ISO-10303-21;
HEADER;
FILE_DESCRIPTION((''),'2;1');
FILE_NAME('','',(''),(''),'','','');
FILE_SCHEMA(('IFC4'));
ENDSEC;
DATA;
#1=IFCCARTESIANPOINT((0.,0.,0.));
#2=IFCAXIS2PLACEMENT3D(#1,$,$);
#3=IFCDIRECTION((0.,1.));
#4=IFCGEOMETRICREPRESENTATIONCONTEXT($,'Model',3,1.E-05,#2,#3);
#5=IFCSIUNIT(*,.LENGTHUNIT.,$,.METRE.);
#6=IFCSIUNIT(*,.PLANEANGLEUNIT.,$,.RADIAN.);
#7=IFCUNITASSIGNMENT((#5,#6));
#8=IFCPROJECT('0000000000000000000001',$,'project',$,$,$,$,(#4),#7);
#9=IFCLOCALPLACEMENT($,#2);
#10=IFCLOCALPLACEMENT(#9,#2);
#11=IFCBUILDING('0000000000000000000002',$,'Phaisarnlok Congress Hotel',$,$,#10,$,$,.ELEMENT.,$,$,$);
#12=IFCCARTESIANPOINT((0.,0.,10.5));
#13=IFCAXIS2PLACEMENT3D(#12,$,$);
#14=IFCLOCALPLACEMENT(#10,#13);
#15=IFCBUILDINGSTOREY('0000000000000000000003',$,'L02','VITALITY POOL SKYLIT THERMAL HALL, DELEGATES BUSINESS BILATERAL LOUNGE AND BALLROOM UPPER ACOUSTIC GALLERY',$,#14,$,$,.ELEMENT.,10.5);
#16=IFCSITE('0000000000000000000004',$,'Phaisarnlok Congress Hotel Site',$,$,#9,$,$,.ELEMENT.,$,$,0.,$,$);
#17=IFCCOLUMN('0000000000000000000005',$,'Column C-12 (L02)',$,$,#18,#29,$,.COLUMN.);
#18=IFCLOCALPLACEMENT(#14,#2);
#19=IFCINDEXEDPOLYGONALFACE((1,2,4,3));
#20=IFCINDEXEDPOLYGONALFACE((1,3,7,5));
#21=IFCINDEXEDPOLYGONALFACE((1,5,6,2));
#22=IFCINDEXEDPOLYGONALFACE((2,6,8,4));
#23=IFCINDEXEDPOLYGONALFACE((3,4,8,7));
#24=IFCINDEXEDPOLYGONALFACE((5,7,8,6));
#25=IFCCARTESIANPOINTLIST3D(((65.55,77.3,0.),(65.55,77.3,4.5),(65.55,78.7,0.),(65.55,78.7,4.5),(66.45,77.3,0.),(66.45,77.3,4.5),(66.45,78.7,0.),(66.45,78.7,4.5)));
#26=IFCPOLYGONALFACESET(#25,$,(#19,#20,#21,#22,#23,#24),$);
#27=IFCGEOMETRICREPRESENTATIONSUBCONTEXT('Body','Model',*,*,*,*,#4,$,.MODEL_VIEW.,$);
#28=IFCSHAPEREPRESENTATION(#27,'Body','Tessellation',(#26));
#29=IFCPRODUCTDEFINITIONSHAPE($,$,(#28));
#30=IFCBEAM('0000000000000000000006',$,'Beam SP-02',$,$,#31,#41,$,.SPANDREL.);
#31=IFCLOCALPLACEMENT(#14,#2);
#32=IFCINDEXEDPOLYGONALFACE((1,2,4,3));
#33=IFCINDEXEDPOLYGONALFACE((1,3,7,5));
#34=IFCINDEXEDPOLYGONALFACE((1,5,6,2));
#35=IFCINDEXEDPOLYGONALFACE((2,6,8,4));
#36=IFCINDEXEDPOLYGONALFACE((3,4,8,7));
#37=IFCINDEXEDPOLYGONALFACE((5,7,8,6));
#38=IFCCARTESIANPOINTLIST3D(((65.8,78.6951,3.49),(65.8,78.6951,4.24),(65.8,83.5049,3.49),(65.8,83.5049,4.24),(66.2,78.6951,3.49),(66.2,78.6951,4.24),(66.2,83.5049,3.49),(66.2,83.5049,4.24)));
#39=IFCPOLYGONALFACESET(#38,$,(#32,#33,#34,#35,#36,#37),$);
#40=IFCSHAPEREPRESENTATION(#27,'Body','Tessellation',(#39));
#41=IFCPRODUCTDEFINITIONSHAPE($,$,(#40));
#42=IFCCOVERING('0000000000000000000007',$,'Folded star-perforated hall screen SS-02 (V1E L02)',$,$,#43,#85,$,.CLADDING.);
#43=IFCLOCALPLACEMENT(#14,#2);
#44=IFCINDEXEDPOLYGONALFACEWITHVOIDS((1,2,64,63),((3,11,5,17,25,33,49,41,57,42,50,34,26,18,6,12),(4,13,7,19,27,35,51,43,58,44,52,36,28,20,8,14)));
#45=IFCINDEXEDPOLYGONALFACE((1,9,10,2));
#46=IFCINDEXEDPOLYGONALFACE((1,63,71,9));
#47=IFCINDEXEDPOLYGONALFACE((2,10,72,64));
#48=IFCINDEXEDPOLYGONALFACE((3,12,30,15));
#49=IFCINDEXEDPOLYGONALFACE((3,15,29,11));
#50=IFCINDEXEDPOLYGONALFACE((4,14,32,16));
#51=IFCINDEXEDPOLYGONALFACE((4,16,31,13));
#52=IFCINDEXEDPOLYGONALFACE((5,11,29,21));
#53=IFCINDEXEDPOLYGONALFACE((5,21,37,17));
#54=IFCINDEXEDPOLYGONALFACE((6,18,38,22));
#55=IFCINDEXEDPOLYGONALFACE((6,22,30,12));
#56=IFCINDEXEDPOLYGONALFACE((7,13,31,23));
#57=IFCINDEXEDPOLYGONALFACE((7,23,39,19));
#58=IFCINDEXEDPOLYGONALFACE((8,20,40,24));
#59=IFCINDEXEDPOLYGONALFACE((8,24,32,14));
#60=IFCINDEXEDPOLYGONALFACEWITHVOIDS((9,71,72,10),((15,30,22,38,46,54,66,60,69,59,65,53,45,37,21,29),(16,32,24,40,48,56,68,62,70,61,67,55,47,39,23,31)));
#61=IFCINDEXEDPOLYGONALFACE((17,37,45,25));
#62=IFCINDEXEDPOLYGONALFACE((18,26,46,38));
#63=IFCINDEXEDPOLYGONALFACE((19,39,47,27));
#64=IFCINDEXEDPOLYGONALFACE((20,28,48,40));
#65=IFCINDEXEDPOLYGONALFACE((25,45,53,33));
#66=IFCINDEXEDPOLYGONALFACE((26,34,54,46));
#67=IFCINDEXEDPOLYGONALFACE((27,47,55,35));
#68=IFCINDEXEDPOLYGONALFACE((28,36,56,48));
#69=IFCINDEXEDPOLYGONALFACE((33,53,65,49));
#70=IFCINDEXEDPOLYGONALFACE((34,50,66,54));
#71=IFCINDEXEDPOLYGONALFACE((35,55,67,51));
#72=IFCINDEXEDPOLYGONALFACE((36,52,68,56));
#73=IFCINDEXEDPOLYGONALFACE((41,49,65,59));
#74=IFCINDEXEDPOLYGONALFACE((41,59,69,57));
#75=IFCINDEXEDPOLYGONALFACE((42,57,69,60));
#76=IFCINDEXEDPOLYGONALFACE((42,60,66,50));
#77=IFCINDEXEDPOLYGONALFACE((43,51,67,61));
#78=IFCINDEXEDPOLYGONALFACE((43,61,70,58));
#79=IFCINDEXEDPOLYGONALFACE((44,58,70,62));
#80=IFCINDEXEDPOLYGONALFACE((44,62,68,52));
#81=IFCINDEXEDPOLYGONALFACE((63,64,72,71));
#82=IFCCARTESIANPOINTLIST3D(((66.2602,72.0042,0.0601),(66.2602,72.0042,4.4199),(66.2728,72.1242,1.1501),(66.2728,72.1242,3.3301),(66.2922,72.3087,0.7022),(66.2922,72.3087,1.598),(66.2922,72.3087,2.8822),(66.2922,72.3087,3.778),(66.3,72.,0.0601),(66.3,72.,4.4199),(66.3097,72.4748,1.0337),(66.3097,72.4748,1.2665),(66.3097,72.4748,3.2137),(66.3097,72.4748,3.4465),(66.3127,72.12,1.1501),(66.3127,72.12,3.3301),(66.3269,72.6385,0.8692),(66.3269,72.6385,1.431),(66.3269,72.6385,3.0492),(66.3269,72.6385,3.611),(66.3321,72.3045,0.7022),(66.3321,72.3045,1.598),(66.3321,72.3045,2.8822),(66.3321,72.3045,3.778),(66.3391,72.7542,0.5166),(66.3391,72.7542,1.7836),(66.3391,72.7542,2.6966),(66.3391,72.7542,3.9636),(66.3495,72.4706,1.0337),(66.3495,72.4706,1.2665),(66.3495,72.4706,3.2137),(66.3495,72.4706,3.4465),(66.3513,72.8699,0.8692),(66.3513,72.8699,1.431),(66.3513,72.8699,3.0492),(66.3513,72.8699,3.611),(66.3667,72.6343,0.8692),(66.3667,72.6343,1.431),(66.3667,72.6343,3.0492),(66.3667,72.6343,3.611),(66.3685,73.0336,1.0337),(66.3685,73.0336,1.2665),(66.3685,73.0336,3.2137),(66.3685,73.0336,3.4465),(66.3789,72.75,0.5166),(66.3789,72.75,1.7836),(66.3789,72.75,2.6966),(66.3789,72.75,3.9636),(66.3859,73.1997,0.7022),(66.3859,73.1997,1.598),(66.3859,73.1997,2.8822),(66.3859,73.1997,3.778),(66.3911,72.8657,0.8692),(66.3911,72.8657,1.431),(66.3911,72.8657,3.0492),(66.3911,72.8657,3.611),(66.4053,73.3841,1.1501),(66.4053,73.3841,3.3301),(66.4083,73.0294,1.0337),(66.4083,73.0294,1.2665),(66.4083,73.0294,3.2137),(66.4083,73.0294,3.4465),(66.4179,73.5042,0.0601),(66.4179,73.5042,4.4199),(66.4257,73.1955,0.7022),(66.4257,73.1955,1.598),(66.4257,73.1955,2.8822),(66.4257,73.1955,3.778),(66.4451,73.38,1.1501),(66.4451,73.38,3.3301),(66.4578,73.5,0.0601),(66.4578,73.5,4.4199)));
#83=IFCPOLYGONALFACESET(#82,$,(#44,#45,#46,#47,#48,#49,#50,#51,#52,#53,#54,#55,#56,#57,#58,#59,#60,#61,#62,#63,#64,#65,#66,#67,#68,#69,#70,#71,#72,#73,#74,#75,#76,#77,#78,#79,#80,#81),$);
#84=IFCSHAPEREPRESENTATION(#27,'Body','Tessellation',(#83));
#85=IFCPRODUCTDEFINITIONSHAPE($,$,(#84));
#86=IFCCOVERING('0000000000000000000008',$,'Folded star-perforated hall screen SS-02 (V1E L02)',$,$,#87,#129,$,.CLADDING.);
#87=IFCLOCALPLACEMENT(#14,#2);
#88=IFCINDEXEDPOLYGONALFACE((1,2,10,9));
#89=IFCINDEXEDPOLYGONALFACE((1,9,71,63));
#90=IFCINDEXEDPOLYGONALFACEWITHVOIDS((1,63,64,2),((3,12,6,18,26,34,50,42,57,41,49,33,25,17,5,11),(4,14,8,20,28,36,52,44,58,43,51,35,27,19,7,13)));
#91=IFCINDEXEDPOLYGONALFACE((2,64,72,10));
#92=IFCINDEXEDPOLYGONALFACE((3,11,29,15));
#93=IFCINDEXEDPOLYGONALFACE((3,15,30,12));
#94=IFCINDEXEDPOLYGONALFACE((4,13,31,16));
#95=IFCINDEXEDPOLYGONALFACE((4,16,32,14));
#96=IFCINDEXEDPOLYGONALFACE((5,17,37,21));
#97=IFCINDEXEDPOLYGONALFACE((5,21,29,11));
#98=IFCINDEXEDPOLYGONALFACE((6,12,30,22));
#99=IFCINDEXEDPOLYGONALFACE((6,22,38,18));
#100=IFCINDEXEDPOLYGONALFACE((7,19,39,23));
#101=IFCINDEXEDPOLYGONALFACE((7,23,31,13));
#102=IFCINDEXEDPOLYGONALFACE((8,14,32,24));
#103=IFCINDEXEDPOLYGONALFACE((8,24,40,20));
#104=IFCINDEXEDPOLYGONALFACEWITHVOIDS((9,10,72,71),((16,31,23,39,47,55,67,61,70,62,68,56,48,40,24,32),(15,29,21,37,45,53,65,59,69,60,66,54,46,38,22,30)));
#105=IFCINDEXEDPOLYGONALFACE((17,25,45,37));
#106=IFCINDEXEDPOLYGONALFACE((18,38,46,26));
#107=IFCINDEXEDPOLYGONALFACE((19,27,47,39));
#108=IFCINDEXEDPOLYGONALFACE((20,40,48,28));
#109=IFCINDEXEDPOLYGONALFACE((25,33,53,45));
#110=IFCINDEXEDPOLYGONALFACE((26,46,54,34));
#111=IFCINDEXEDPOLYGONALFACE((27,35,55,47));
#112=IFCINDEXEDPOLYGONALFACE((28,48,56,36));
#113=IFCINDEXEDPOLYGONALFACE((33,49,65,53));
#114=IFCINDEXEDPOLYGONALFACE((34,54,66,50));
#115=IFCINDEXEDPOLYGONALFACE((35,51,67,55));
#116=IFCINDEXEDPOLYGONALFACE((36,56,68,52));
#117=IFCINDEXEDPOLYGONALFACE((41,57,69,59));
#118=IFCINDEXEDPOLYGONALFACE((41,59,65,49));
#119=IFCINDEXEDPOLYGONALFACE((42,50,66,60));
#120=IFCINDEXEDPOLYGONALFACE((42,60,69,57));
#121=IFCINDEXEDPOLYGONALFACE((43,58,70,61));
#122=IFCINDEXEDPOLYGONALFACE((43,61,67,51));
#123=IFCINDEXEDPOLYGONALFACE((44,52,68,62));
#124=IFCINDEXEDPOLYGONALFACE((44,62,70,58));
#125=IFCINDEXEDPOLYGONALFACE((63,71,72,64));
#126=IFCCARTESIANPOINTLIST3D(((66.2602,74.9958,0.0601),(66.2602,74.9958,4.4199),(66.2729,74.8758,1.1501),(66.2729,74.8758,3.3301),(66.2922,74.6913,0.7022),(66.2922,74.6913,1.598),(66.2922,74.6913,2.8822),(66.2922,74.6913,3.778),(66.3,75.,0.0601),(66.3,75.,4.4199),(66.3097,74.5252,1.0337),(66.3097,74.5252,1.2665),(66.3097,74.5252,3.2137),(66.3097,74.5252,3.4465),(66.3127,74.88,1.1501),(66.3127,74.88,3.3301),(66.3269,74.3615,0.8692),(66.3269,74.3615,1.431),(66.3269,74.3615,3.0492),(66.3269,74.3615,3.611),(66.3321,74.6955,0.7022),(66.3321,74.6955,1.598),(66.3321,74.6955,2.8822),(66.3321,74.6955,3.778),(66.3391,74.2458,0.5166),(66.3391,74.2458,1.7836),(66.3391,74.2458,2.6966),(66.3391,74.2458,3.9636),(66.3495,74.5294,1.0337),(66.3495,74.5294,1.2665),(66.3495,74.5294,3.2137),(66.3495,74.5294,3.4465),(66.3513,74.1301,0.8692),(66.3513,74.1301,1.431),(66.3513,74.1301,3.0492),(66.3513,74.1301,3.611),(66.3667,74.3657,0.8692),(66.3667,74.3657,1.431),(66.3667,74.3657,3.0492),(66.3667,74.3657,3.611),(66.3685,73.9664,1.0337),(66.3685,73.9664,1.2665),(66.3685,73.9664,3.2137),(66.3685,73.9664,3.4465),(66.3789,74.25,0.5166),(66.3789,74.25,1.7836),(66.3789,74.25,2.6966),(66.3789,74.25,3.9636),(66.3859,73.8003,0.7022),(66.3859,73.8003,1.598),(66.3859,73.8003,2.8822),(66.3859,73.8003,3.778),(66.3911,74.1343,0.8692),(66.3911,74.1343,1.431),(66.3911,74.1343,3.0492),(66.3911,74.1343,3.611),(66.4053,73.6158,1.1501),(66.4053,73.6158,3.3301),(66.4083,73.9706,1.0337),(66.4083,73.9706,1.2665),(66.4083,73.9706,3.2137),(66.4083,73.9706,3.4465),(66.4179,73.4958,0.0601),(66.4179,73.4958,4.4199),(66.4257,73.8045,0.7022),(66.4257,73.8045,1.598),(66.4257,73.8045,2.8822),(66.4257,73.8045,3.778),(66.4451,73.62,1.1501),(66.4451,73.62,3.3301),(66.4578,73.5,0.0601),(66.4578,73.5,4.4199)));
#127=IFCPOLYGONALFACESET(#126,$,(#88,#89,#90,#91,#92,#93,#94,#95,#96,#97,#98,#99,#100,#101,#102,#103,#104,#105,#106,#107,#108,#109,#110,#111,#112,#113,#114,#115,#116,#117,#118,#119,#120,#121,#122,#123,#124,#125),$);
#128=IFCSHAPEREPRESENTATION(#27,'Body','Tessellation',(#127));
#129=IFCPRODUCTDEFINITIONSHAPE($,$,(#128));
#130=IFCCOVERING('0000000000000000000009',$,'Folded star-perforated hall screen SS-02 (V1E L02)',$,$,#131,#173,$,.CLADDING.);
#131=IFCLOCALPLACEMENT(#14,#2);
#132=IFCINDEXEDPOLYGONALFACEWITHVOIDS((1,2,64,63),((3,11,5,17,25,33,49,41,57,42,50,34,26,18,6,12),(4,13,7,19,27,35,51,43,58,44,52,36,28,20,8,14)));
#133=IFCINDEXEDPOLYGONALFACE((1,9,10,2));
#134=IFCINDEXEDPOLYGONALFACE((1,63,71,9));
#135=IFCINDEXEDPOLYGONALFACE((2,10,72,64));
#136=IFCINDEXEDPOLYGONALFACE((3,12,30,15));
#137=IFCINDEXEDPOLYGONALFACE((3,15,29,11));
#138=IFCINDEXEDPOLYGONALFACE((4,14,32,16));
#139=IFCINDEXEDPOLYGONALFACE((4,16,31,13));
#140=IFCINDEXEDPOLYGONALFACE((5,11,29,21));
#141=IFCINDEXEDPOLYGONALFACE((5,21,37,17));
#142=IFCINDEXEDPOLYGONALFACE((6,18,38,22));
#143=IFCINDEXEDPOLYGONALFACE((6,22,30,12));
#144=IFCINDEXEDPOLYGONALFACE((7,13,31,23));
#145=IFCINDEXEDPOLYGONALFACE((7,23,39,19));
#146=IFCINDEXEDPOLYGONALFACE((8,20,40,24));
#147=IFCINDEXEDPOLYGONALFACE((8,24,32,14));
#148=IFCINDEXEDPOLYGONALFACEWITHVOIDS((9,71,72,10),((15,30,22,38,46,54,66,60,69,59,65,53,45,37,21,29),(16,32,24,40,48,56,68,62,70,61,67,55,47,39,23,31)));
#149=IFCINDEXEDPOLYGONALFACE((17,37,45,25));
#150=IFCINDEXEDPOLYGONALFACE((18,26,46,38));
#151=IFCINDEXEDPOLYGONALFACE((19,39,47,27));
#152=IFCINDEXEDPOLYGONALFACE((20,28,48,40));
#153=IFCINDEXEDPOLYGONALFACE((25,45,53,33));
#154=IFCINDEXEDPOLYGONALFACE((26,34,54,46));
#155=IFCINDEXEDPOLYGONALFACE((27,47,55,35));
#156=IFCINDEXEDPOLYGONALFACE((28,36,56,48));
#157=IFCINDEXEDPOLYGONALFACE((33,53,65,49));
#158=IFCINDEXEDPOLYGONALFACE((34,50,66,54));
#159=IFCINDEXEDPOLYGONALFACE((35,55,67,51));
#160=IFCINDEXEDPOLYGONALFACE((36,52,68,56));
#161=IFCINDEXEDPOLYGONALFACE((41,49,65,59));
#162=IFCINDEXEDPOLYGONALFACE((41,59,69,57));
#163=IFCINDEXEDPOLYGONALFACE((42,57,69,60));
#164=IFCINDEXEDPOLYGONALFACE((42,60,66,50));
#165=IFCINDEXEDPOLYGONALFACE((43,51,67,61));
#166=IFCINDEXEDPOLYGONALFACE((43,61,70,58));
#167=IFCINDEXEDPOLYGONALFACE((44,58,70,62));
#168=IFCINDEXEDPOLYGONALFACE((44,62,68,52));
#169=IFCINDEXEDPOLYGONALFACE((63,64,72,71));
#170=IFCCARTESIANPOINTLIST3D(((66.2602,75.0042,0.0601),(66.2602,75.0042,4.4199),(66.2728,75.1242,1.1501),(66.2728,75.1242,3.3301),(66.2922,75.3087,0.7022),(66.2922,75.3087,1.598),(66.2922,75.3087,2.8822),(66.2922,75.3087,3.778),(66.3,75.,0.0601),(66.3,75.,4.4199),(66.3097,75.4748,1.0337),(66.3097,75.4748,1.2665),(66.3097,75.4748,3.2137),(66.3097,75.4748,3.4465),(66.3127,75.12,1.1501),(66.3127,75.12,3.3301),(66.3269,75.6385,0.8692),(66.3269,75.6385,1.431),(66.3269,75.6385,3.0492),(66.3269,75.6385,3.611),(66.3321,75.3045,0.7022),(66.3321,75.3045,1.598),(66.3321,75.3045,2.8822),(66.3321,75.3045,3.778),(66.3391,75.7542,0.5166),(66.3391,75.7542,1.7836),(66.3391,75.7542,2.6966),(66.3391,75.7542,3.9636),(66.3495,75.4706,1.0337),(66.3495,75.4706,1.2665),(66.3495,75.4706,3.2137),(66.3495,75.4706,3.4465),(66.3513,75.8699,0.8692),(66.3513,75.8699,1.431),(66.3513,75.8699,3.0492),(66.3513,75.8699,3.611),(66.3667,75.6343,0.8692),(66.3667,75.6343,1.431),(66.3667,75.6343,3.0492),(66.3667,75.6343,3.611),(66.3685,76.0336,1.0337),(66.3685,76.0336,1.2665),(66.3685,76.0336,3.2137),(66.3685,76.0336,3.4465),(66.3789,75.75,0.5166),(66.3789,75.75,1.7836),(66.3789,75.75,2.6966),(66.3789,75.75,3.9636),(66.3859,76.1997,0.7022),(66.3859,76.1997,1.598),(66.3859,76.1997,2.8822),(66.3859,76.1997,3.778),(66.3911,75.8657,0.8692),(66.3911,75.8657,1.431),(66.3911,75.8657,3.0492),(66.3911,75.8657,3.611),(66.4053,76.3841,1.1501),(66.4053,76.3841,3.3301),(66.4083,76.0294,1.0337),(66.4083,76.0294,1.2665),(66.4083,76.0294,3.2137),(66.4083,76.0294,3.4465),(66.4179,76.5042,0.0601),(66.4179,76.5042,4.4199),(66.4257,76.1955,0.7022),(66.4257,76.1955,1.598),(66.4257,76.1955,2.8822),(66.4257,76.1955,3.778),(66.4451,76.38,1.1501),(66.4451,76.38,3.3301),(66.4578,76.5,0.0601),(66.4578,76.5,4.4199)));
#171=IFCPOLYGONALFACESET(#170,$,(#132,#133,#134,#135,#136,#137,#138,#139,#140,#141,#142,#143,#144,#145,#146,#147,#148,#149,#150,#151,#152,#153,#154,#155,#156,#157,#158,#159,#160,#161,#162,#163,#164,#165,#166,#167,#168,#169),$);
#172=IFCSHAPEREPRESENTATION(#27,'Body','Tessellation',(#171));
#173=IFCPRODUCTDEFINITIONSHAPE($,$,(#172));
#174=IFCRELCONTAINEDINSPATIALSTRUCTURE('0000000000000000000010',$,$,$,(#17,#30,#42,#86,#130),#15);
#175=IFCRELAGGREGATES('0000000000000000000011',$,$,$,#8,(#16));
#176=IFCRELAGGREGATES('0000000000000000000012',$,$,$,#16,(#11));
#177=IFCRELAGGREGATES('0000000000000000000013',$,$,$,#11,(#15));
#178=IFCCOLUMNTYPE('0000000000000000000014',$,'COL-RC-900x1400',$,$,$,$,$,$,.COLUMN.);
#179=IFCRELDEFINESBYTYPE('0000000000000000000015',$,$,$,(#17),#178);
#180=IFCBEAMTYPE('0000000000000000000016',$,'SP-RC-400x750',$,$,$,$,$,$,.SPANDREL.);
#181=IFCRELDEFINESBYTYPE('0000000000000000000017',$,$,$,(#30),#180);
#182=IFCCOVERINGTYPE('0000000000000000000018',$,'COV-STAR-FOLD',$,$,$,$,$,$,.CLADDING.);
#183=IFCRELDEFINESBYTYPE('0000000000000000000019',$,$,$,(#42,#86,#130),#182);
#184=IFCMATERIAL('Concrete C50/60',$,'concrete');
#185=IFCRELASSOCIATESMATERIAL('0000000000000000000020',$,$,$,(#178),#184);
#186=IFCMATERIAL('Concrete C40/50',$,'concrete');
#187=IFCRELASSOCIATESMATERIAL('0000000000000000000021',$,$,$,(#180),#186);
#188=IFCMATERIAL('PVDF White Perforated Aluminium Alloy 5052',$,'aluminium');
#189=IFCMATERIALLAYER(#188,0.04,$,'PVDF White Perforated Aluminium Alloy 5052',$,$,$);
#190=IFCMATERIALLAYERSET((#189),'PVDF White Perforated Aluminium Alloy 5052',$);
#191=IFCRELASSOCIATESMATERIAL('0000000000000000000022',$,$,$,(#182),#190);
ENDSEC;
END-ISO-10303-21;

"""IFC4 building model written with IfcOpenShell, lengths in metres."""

from ifc_helpers import new_model, si_unit, direction, frame, origin, origin_2d, place, context, subcontext, project, spatial, polyline, rectangle, outline, extrude, material, layer, layer_set, material_profile, profile_set, type_object, element, save


model = new_model("IFC4")

# Units and contexts
model_context = context("Model", 3, precision=1e-05, world=origin(), true_north=direction((0.0, 1.0)))
body_context = subcontext(model_context, "Body", "Model", "MODEL_VIEW")
ifc_project = project(units=[si_unit("LENGTHUNIT", "METRE"), si_unit("PLANEANGLEUNIT", "RADIAN")], contexts=[model_context])

# Site, building, storey
site_placement = place(None, origin())
site = spatial("IfcSite", under=ifc_project, at=site_placement, Name="Phaisarnlok Congress Hotel Site", CompositionType="ELEMENT", RefElevation=0.0)
building_placement = place(site_placement, origin())
building = spatial("IfcBuilding", under=site, at=building_placement, Name="Phaisarnlok Congress Hotel", CompositionType="ELEMENT")
storey_placement = place(building_placement, frame((0.0, 0.0, 10.5)))
storey = spatial("IfcBuildingStorey", under=building, at=storey_placement, Name="L02", Description="VITALITY POOL SKYLIT THERMAL HALL, DELEGATES BUSINESS BILATERAL LOUNGE AND BALLROOM UPPER ACOUSTIC GALLERY", CompositionType="ELEMENT", Elevation=10.5)

# Column
ifc_material_1 = material(Name="Concrete C50/60", Category="concrete")
ifc_material_profile_1 = material_profile(ifc_material_1, rectangle(XDim=0.8999, YDim=1.3999, at=origin_2d()), Name="RC 900x1400")
ifc_profile_set_1 = profile_set([ifc_material_profile_1], Name="Concrete C50/60")
column_type = type_object("IfcColumnType", Name="COL-RC-900x1400", PredefinedType="COLUMN", material=ifc_profile_set_1)
column_placement = place(storey_placement, frame((66.0, 78.0, 0.0), z_axis=(0.0, 0.0, 1.0), x_axis=(1.0, 0.0, 0.0)))
element("IfcColumn", 1, at=column_placement, inside=storey, type_object=column_type, Name="Column C-12 (L02)", PredefinedType="COLUMN", context=body_context, shape_type="SweptSolid", body=[
    extrude(rectangle(XDim=0.8999, YDim=1.3999, at=origin_2d()), origin(), (0.0, 0.0, 1.0), 4.5),
])

# Beam
ifc_material_2 = material(Name="Concrete C40/50", Category="concrete")
ifc_material_profile_2 = material_profile(ifc_material_2, rectangle(XDim=0.3999, YDim=0.75, at=origin_2d()), Name="RC 400x750")
ifc_profile_set_2 = profile_set([ifc_material_profile_2], Name="Concrete C40/50")
beam_type = type_object("IfcBeamType", Name="SP-RC-400x750", PredefinedType="SPANDREL", material=ifc_profile_set_2)
beam_placement = place(storey_placement, frame((66.0, 78.6951, 3.865), z_axis=(0.0, 1.0, 0.0), x_axis=(-1.0, 0.0, 0.0)))
element("IfcBeam", 2, at=beam_placement, inside=storey, type_object=beam_type, Name="Beam SP-02", PredefinedType="SPANDREL", context=body_context, shape_type="SweptSolid", body=[
    extrude(rectangle(XDim=0.3999, YDim=0.75, at=origin_2d()), origin(), (0.0, 0.0, 1.0), 4.8098),
])

# Coverings
ifc_material_3 = material(Name="PVDF White Perforated Aluminium Alloy 5052", Category="aluminium")
ifc_layer = layer(ifc_material_3, 0.04, Name="PVDF White Perforated Aluminium Alloy 5052")
ifc_layer_set = layer_set([ifc_layer], Name="PVDF White Perforated Aluminium Alloy 5052")
covering_type = type_object("IfcCoveringType", Name="COV-STAR-FOLD", PredefinedType="CLADDING", material=ifc_layer_set)
for number, where, z_axis, x_axis, name in (
    (3, (66.4578, 73.5, 0.0601), (-0.994518, 0.104567, 0.0), (-0.104567, -0.994518, 0.0), "Folded star-perforated hall screen SS-02 (V1E L02)"),
    (4, (66.3, 75.0, 0.0601), (-0.994518, -0.104567, 0.0), (0.104567, -0.994518, 0.0), "Folded star-perforated hall screen SS-02 (V1E L02)"),
    (5, (66.4578, 76.5, 0.0601), (-0.994518, 0.104567, 0.0), (-0.104567, -0.994518, 0.0), "Folded star-perforated hall screen SS-02 (V1E L02)"),
):
    element("IfcCovering", number, at=place(storey_placement, frame(where, z_axis=z_axis, x_axis=x_axis)), inside=storey, type_object=covering_type, Name=name, PredefinedType="CLADDING", context=body_context, shape_type="SweptSolid", body=[
        extrude(outline(polyline([(0.0, 0.0), (1.5083, 0.0), (1.5083, 4.3599), (0.0, 4.3599), (0.0, 0.0)]), holes=[polyline([(1.0351, 0.9736), (1.2021, 0.6421), (0.8705, 0.8091), (0.7541, 0.4565), (0.6378, 0.8091), (0.3062, 0.6421), (0.4732, 0.9736), (0.1207, 1.09), (0.4732, 1.2064), (0.3062, 1.5379), (0.6378, 1.3709), (0.7541, 1.7235), (0.8705, 1.3709), (1.2021, 1.5379), (1.0351, 1.2064), (1.3876, 1.09), (1.0351, 0.9736)]), polyline([(1.0351, 3.1536), (1.2021, 2.8221), (0.8705, 2.9891), (0.7541, 2.6365), (0.6378, 2.9891), (0.3062, 2.8221), (0.4732, 3.1536), (0.1207, 3.27), (0.4732, 3.3864), (0.3062, 3.7179), (0.6378, 3.5509), (0.7541, 3.9035), (0.8705, 3.5509), (1.2021, 3.7179), (1.0351, 3.3864), (1.3876, 3.27), (1.0351, 3.1536)])]), origin(), (0.0, 0.0, 1.0), 0.04),
    ])

save(model, "model.ifc")
